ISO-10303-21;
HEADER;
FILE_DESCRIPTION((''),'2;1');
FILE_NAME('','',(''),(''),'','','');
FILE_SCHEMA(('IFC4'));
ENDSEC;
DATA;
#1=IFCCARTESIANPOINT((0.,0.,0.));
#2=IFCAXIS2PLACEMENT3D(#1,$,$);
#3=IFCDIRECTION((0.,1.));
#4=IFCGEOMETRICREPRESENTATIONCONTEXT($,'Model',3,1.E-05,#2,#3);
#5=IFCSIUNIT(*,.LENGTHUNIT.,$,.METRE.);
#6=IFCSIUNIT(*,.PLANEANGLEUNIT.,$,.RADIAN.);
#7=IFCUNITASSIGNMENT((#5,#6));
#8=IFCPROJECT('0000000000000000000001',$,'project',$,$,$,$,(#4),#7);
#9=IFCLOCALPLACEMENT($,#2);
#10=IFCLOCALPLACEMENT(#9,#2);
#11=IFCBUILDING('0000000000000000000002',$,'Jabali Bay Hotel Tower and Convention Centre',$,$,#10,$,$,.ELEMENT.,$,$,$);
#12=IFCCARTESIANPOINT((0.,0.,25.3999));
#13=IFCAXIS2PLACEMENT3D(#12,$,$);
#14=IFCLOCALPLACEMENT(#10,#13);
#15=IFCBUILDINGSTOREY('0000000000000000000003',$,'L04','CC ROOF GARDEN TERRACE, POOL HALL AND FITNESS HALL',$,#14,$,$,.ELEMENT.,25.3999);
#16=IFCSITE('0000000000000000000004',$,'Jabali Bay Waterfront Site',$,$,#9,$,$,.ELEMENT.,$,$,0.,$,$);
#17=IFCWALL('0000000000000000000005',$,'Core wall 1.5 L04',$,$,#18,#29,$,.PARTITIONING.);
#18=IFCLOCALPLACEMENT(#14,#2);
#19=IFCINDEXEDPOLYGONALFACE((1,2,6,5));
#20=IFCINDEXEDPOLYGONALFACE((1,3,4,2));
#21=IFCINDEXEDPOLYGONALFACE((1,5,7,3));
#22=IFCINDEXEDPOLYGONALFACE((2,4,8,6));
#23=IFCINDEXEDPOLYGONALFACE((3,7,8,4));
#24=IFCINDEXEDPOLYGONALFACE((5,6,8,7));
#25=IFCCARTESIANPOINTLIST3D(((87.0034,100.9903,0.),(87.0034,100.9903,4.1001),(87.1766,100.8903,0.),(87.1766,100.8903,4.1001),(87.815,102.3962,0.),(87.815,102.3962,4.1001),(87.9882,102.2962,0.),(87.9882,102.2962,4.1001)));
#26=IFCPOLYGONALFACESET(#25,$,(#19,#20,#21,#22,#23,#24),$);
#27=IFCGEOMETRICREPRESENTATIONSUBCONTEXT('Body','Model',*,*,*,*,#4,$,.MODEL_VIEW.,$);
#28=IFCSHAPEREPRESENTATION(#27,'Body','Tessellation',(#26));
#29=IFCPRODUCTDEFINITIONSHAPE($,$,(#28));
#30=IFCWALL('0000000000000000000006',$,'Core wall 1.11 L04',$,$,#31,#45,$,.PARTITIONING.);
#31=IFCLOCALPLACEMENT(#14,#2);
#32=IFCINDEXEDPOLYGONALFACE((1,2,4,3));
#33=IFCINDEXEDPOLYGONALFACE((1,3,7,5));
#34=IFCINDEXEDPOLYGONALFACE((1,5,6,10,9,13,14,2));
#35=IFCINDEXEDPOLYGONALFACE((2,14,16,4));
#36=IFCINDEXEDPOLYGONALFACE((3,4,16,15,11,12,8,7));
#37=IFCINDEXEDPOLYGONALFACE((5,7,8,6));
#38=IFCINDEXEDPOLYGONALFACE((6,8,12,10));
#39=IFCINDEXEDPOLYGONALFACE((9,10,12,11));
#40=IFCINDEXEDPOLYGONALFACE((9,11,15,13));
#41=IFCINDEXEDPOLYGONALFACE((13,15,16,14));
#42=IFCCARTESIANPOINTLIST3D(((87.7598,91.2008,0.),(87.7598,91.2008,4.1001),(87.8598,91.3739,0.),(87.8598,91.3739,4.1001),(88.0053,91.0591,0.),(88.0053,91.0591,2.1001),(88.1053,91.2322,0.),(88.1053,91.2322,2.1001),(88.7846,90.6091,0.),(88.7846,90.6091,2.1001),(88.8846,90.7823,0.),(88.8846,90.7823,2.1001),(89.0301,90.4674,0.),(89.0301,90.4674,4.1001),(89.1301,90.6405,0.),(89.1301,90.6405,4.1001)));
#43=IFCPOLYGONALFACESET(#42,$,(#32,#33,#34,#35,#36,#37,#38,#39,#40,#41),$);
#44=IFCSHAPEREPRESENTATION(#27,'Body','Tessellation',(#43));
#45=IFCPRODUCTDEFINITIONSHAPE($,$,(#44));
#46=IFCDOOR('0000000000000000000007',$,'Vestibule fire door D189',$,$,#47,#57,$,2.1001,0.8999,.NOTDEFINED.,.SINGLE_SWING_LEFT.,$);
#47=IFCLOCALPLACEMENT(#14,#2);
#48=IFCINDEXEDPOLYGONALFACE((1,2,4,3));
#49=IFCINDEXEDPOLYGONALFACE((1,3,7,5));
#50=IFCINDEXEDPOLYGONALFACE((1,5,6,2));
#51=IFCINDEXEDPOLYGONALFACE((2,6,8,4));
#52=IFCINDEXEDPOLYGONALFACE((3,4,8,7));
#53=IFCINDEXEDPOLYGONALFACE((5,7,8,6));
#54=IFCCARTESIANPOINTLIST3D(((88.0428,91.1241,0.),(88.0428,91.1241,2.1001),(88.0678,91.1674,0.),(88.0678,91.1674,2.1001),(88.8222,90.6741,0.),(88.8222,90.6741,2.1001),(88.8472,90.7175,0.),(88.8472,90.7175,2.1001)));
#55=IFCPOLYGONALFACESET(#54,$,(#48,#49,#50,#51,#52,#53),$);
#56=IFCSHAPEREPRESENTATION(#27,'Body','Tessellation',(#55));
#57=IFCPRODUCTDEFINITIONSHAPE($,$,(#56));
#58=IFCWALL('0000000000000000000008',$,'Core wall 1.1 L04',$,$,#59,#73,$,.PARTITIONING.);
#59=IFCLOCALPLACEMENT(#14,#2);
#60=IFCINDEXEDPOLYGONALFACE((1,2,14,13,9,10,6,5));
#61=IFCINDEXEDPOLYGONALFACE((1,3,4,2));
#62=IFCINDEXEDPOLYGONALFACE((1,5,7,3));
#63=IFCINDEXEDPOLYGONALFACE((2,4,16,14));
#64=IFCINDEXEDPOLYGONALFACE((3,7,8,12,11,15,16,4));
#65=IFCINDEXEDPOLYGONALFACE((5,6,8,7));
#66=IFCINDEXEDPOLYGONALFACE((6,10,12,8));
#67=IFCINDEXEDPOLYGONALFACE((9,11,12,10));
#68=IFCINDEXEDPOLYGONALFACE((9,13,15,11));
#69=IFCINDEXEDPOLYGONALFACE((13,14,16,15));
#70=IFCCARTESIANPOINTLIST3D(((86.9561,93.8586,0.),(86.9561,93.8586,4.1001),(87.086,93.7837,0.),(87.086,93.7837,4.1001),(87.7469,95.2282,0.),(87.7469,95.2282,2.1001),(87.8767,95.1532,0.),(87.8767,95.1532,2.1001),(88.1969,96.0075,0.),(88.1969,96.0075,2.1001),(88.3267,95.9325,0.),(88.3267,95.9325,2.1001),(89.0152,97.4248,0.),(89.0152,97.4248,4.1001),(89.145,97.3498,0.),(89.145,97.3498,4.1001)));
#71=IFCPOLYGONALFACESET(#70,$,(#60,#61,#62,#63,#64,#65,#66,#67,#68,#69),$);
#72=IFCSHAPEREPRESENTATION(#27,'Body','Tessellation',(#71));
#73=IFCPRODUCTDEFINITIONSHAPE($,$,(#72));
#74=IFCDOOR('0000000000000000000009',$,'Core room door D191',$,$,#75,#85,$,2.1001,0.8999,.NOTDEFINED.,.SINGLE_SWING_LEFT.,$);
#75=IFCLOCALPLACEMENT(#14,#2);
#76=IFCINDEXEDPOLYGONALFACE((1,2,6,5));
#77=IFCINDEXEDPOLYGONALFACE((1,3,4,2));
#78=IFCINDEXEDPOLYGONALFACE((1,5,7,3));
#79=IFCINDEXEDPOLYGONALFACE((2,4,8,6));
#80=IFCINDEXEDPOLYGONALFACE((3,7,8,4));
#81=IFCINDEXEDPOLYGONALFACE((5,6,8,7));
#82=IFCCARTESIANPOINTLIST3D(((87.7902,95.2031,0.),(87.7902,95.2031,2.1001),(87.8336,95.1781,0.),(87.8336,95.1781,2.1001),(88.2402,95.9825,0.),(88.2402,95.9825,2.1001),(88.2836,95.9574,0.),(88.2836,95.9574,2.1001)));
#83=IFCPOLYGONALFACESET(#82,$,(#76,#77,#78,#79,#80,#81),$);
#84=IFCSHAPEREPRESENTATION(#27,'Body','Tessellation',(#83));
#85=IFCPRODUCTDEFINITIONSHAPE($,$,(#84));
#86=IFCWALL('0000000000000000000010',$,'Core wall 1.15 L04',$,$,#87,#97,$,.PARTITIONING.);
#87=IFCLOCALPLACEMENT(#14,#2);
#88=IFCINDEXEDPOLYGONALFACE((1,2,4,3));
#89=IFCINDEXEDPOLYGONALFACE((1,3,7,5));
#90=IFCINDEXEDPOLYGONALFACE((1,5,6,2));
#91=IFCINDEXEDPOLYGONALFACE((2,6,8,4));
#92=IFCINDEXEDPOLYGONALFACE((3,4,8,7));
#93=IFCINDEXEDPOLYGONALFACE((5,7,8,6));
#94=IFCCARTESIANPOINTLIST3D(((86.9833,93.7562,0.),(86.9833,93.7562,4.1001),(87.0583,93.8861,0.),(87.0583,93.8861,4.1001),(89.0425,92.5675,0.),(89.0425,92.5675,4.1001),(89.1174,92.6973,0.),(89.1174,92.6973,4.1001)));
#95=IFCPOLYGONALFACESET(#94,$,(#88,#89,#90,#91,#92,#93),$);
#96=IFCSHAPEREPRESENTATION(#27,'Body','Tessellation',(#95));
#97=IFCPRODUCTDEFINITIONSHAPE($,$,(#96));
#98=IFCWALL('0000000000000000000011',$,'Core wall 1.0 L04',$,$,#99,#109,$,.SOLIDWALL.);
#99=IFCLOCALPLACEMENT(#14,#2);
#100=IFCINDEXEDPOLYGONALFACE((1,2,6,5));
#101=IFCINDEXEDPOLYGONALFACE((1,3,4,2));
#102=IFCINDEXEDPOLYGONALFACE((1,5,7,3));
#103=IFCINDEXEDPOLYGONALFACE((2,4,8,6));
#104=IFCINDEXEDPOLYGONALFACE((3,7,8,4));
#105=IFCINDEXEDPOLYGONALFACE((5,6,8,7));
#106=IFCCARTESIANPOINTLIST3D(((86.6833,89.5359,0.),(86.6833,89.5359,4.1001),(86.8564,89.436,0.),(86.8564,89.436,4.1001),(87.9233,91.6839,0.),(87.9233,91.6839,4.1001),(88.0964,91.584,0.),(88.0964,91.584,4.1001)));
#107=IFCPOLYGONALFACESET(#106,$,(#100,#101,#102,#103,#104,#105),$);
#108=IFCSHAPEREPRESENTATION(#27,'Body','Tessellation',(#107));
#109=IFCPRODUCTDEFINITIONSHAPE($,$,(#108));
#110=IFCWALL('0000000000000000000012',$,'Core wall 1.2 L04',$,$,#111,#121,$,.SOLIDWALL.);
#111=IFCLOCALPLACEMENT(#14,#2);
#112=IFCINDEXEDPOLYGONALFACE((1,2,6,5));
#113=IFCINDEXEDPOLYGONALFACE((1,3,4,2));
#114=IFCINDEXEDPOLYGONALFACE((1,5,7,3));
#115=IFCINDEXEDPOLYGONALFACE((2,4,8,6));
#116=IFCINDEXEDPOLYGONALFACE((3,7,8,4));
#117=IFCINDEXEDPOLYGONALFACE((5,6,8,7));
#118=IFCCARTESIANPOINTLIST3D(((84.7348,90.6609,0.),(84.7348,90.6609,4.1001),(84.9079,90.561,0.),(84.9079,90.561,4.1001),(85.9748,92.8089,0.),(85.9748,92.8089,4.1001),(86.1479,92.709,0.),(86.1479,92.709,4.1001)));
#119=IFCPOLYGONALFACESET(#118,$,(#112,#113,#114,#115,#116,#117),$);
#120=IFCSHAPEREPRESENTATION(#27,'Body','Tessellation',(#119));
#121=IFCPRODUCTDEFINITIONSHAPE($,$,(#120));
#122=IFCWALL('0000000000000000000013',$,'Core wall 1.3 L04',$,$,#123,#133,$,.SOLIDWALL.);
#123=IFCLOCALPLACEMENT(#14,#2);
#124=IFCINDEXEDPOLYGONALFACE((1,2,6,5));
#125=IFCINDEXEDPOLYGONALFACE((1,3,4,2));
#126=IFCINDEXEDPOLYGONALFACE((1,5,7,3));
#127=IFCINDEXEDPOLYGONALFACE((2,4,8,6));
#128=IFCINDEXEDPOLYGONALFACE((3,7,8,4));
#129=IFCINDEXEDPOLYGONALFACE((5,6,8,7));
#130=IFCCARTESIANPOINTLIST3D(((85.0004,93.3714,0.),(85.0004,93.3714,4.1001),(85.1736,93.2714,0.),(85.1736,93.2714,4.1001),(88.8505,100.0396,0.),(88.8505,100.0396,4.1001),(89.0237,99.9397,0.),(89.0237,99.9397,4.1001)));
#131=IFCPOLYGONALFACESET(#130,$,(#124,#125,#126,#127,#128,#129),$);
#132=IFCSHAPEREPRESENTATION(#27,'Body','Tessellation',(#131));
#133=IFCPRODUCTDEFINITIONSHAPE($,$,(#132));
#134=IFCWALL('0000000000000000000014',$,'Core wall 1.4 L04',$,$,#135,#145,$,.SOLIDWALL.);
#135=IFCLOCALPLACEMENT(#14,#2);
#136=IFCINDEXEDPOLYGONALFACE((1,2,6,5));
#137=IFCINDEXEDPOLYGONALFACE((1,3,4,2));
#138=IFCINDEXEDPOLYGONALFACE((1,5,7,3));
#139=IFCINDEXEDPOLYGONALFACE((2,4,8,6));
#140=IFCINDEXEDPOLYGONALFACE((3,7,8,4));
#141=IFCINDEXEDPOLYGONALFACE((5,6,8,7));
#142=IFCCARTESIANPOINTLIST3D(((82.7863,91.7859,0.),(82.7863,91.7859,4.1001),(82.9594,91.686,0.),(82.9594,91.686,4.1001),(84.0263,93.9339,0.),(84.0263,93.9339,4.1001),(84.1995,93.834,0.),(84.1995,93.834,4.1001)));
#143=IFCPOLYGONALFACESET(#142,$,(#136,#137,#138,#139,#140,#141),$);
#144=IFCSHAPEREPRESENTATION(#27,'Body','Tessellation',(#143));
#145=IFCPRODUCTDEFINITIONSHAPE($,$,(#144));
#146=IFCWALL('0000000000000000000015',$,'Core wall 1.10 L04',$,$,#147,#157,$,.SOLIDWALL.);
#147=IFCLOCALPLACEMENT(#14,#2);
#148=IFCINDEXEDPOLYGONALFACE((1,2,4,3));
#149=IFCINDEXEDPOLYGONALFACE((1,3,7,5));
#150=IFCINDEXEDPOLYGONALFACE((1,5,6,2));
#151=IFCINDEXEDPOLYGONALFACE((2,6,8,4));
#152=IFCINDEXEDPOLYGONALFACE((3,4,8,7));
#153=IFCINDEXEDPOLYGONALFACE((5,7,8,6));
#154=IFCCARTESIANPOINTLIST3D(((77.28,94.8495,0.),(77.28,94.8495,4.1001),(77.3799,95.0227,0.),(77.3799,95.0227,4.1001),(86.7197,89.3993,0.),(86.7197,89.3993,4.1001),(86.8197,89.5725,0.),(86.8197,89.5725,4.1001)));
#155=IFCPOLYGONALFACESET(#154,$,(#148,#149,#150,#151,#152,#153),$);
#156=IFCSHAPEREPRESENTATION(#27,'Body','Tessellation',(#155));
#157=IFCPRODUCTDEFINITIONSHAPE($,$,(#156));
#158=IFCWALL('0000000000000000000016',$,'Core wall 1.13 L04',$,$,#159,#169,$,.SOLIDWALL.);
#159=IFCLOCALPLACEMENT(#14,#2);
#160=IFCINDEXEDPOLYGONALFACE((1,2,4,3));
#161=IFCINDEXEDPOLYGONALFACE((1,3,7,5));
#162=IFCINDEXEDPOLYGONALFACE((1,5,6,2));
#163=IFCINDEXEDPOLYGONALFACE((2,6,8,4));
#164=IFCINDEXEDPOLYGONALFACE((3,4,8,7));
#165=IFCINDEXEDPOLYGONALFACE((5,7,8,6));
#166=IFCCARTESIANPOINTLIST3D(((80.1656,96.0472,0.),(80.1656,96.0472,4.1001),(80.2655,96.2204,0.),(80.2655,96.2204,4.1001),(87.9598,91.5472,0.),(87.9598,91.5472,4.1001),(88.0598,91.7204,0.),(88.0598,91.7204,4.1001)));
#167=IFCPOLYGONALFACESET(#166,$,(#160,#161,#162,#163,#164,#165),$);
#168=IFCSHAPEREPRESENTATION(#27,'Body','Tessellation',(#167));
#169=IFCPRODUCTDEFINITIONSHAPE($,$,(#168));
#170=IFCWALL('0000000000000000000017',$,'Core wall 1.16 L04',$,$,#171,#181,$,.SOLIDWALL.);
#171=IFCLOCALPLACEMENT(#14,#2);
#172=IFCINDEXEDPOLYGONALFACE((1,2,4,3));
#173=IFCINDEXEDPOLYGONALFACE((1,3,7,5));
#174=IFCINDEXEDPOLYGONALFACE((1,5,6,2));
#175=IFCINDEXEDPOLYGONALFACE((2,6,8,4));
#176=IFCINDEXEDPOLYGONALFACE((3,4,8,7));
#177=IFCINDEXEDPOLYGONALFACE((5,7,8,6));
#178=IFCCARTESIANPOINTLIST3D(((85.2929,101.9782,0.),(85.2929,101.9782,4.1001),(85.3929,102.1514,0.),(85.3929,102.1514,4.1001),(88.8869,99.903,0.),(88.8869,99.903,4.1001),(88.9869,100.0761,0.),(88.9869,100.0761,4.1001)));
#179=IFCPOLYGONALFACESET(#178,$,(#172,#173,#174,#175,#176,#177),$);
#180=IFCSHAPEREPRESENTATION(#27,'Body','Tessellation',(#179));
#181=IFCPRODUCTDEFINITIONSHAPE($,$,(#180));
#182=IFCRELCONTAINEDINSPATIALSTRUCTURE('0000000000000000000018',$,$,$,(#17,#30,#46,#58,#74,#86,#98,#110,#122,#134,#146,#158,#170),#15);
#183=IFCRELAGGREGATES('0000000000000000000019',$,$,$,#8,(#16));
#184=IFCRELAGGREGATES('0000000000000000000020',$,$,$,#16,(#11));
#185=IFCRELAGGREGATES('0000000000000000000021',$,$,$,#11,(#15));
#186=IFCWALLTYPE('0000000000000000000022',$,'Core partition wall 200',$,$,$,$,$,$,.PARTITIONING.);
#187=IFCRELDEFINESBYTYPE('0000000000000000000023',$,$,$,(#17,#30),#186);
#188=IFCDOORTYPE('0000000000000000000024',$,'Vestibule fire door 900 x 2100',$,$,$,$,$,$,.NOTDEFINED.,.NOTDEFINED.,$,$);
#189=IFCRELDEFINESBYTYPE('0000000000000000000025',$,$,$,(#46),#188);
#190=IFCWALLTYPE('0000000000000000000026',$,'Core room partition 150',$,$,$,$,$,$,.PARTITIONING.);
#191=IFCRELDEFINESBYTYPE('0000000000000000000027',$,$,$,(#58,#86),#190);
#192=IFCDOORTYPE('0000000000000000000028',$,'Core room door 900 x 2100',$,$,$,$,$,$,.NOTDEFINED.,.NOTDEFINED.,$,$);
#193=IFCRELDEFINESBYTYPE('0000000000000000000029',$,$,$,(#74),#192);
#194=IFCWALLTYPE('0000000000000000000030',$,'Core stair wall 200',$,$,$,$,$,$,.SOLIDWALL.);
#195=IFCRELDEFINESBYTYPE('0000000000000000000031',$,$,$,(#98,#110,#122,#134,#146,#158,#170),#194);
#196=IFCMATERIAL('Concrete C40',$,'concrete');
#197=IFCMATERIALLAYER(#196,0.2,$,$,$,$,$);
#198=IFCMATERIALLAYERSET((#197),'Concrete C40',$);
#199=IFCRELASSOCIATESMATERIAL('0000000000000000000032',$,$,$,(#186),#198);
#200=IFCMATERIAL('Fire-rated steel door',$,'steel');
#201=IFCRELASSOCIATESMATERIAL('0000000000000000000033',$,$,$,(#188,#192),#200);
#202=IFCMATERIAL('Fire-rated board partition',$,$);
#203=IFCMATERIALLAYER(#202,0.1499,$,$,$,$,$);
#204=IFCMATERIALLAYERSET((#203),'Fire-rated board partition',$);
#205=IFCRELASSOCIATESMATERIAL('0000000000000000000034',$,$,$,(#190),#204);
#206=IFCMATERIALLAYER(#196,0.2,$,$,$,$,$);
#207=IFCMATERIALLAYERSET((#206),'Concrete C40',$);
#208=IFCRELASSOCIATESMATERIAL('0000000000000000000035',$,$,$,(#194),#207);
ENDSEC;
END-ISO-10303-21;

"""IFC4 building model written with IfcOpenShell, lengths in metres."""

from ifc_helpers import new_model, si_unit, direction, frame, frame_2d, origin, place, context, subcontext, project, spatial, rectangle, extrude, material, layer, layer_set, type_object, element, fill, save


model = new_model("IFC4")

# Units and contexts
model_context = context("Model", 3, precision=1e-05, world=origin(), true_north=direction((0.0, 1.0)))
body_context = subcontext(model_context, "Body", "Model", "MODEL_VIEW")
ifc_project = project(units=[si_unit("LENGTHUNIT", "METRE"), si_unit("PLANEANGLEUNIT", "RADIAN")], contexts=[model_context])

# Site, building, storey
site_placement = place(None, origin())
site = spatial("IfcSite", under=ifc_project, at=site_placement, Name="Jabali Bay Waterfront Site", CompositionType="ELEMENT", RefElevation=0.0)
building_placement = place(site_placement, origin())
building = spatial("IfcBuilding", under=site, at=building_placement, Name="Jabali Bay Hotel Tower and Convention Centre", CompositionType="ELEMENT")
storey_placement = place(building_placement, frame((0.0, 0.0, 25.3999)))
storey = spatial("IfcBuildingStorey", under=building, at=storey_placement, Name="L04", Description="CC ROOF GARDEN TERRACE, POOL HALL AND FITNESS HALL", CompositionType="ELEMENT", Elevation=25.3999)

# Wall
ifc_material_1 = material(Name="Concrete C40", Category="concrete")
ifc_layer_1 = layer(ifc_material_1, 0.2)
ifc_layer_set_1 = layer_set([ifc_layer_1], Name="Concrete C40")
wall_type_1 = type_object("IfcWallType", Name="Core partition wall 200", PredefinedType="PARTITIONING", material=ifc_layer_set_1)
wall_1_placement = place(storey_placement, frame((87.0901, 100.9404, 0.0), z_axis=(0.0, 0.0, 1.0), x_axis=(0.499957, 0.86605, 0.0)))
element("IfcWall", 1, at=wall_1_placement, inside=storey, type_object=wall_type_1, Name="Core wall 1.5 L04", PredefinedType="PARTITIONING", context=body_context, shape_type="SweptSolid", body=[
    extrude(rectangle(XDim=1.6233, YDim=0.2, at=frame_2d((0.8115, 0.0))), origin(), (0.0, 0.0, 1.0), 4.1001),
])

# Walls, openings, doors
wall_2_placement = place(storey_placement, frame((89.0801, 90.554, 0.0), z_axis=(0.0, 0.0, 1.0), x_axis=(-0.866022, 0.500006, 0.0)))
wall_2 = element("IfcWall", 2, at=wall_2_placement, inside=storey, type_object=wall_type_1, Name="Core wall 1.11 L04", PredefinedType="PARTITIONING", context=body_context, shape_type="SweptSolid", body=[
    extrude(rectangle(XDim=1.4668, YDim=0.2, at=frame_2d((0.7334, 0.0))), origin(), (0.0, 0.0, 1.0), 4.1001),
])
opening_1_placement = place(wall_2_placement, frame((0.2834, 0.0, 0.0)))
opening_1 = element("IfcOpeningElement", 3, at=opening_1_placement, cuts=wall_2, PredefinedType="OPENING", context=body_context, shape_type="SweptSolid", body=[
    extrude(rectangle(XDim=0.8999, YDim=2.1001, at=frame_2d((0.45, 1.05))), frame((0.0, 0.1104, 0.0), z_axis=(0.0, -1.0, 0.0), x_axis=(1.0, 0.0, 0.0)), (0.0, 0.0, 1.0), 0.2209),
])
ifc_material_2 = material(Name="Fire-rated steel door", Category="steel")
door_type_1 = type_object("IfcDoorType", Name="Vestibule fire door 900 x 2100", OperationType="NOTDEFINED", PredefinedType="NOTDEFINED", material=ifc_material_2)
door_1_placement = place(opening_1_placement, origin())
door_1 = element("IfcDoor", 4, at=door_1_placement, inside=storey, type_object=door_type_1, Name="Vestibule fire door D189", OperationType="SINGLE_SWING_LEFT", OverallHeight=2.1001, OverallWidth=0.8999, PredefinedType="NOTDEFINED", context=body_context, shape_type="SweptSolid", body=[
    extrude(rectangle(XDim=0.8999, YDim=2.1001, at=frame_2d((0.45, 1.05))), frame((0.0, 0.0249, 0.0), z_axis=(0.0, -1.0, 0.0), x_axis=(1.0, 0.0, 0.0)), (0.0, 0.0, 1.0), 0.05),
])
fill(opening_1, door_1)
ifc_material_3 = material(Name="Fire-rated board partition")
ifc_layer_2 = layer(ifc_material_3, 0.1499)
ifc_layer_set_2 = layer_set([ifc_layer_2], Name="Fire-rated board partition")
wall_type_2 = type_object("IfcWallType", Name="Core room partition 150", PredefinedType="PARTITIONING", material=ifc_layer_set_2)
wall_3_placement = place(storey_placement, frame((87.021, 93.821, 0.0), z_axis=(0.0, 0.0, 1.0), x_axis=(0.500029, 0.866009, 0.0)))
wall_3 = element("IfcWall", 5, at=wall_3_placement, inside=storey, type_object=wall_type_2, Name="Core wall 1.1 L04", PredefinedType="PARTITIONING", context=body_context, shape_type="SweptSolid", body=[
    extrude(rectangle(XDim=4.1179, YDim=0.1499, at=frame_2d((2.0591, 0.0))), origin(), (0.0, 0.0, 1.0), 4.1001),
])
opening_2_placement = place(wall_3_placement, frame((1.5815, 0.0, 0.0)))
opening_2 = element("IfcOpeningElement", 6, at=opening_2_placement, cuts=wall_3, PredefinedType="OPENING", context=body_context, shape_type="SweptSolid", body=[
    extrude(rectangle(XDim=0.8999, YDim=2.1001, at=frame_2d((0.45, 1.05))), frame((0.0, 0.0854, 0.0), z_axis=(0.0, -1.0, 0.0), x_axis=(1.0, 0.0, 0.0)), (0.0, 0.0, 1.0), 0.1709),
])
door_type_2 = type_object("IfcDoorType", Name="Core room door 900 x 2100", OperationType="NOTDEFINED", PredefinedType="NOTDEFINED", material=ifc_material_2)
door_2_placement = place(opening_2_placement, origin())
door_2 = element("IfcDoor", 7, at=door_2_placement, inside=storey, type_object=door_type_2, Name="Core room door D191", OperationType="SINGLE_SWING_LEFT", OverallHeight=2.1001, OverallWidth=0.8999, PredefinedType="NOTDEFINED", context=body_context, shape_type="SweptSolid", body=[
    extrude(rectangle(XDim=0.8999, YDim=2.1001, at=frame_2d((0.45, 1.05))), frame((0.0, 0.0249, 0.0), z_axis=(0.0, -1.0, 0.0), x_axis=(1.0, 0.0, 0.0)), (0.0, 0.0, 1.0), 0.05),
])
fill(opening_2, door_2)

# Walls
wall_4_placement = place(storey_placement, frame((89.0801, 92.6323, 0.0), z_axis=(0.0, 0.0, 1.0), x_axis=(-0.866042, 0.499971, 0.0)))
element("IfcWall", 8, at=wall_4_placement, inside=storey, type_object=wall_type_2, Name="Core wall 1.15 L04", PredefinedType="PARTITIONING", context=body_context, shape_type="SweptSolid", body=[
    extrude(rectangle(XDim=2.3777, YDim=0.1499, at=frame_2d((1.189, 0.0))), origin(), (0.0, 0.0, 1.0), 4.1001),
])
ifc_layer_3 = layer(ifc_material_1, 0.2)
ifc_layer_set_3 = layer_set([ifc_layer_3], Name="Concrete C40")
wall_type_3 = type_object("IfcWallType", Name="Core stair wall 200", PredefinedType="SOLIDWALL", material=ifc_layer_set_3)
for number, where, z_axis, x_axis, name in (
    (9, (86.7698, 89.4858, 0.0), (0.0, 0.0, 1.0), (0.499961, 0.866048, 0.0), "Core wall 1.0 L04"),
    (10, (84.8213, 90.6108, 0.0), (0.0, 0.0, 1.0), (0.499961, 0.866048, 0.0), "Core wall 1.2 L04"),
):
    element("IfcWall", number, at=place(storey_placement, frame(where, z_axis=z_axis, x_axis=x_axis)), inside=storey, type_object=wall_type_3, Name=name, PredefinedType="SOLIDWALL", context=body_context, shape_type="SweptSolid", body=[
        extrude(rectangle(XDim=2.4802, YDim=0.2, at=frame_2d((1.2402, 0.0))), origin(), (0.0, 0.0, 1.0), 4.1001),
    ])
wall_5_placement = place(storey_placement, frame((85.0869, 93.3213, 0.0), z_axis=(0.0, 0.0, 1.0), x_axis=(0.50002, 0.866014, 0.0)))
element("IfcWall", 11, at=wall_5_placement, inside=storey, type_object=wall_type_3, Name="Core wall 1.3 L04", PredefinedType="SOLIDWALL", context=body_context, shape_type="SweptSolid", body=[
    extrude(rectangle(XDim=7.7, YDim=0.2, at=frame_2d((3.8501, 0.0))), origin(), (0.0, 0.0, 1.0), 4.1001),
])
wall_6_placement = place(storey_placement, frame((82.8728, 91.7358, 0.0), z_axis=(0.0, 0.0, 1.0), x_axis=(0.499961, 0.866048, 0.0)))
element("IfcWall", 12, at=wall_6_placement, inside=storey, type_object=wall_type_3, Name="Core wall 1.4 L04", PredefinedType="SOLIDWALL", context=body_context, shape_type="SweptSolid", body=[
    extrude(rectangle(XDim=2.4802, YDim=0.2, at=frame_2d((1.2402, 0.0))), origin(), (0.0, 0.0, 1.0), 4.1001),
])
wall_7_placement = place(storey_placement, frame((86.7698, 89.4858, 0.0), z_axis=(0.0, 0.0, 1.0), x_axis=(-0.866018, 0.500013, 0.0)))
element("IfcWall", 13, at=wall_7_placement, inside=storey, type_object=wall_type_3, Name="Core wall 1.10 L04", PredefinedType="SOLIDWALL", context=body_context, shape_type="SweptSolid", body=[
    extrude(rectangle(XDim=10.9001, YDim=0.2, at=frame_2d((5.4502, 0.0))), origin(), (0.0, 0.0, 1.0), 4.1001),
])
wall_8_placement = place(storey_placement, frame((88.0098, 91.6338, 0.0), z_axis=(0.0, 0.0, 1.0), x_axis=(-0.866024, 0.500002, 0.0)))
element("IfcWall", 14, at=wall_8_placement, inside=storey, type_object=wall_type_3, Name="Core wall 1.13 L04", PredefinedType="SOLIDWALL", context=body_context, shape_type="SweptSolid", body=[
    extrude(rectangle(XDim=9.0, YDim=0.2, at=frame_2d((4.5, 0.0))), origin(), (0.0, 0.0, 1.0), 4.1001),
])
wall_9_placement = place(storey_placement, frame((88.937, 99.9895, 0.0), z_axis=(0.0, 0.0, 1.0), x_axis=(-0.866004, 0.500036, 0.0)))
element("IfcWall", 15, at=wall_9_placement, inside=storey, type_object=wall_type_3, Name="Core wall 1.16 L04", PredefinedType="SOLIDWALL", context=body_context, shape_type="SweptSolid", body=[
    extrude(rectangle(XDim=4.1501, YDim=0.2, at=frame_2d((2.0752, 0.0))), origin(), (0.0, 0.0, 1.0), 4.1001),
])

save(model, "model.ifc")
